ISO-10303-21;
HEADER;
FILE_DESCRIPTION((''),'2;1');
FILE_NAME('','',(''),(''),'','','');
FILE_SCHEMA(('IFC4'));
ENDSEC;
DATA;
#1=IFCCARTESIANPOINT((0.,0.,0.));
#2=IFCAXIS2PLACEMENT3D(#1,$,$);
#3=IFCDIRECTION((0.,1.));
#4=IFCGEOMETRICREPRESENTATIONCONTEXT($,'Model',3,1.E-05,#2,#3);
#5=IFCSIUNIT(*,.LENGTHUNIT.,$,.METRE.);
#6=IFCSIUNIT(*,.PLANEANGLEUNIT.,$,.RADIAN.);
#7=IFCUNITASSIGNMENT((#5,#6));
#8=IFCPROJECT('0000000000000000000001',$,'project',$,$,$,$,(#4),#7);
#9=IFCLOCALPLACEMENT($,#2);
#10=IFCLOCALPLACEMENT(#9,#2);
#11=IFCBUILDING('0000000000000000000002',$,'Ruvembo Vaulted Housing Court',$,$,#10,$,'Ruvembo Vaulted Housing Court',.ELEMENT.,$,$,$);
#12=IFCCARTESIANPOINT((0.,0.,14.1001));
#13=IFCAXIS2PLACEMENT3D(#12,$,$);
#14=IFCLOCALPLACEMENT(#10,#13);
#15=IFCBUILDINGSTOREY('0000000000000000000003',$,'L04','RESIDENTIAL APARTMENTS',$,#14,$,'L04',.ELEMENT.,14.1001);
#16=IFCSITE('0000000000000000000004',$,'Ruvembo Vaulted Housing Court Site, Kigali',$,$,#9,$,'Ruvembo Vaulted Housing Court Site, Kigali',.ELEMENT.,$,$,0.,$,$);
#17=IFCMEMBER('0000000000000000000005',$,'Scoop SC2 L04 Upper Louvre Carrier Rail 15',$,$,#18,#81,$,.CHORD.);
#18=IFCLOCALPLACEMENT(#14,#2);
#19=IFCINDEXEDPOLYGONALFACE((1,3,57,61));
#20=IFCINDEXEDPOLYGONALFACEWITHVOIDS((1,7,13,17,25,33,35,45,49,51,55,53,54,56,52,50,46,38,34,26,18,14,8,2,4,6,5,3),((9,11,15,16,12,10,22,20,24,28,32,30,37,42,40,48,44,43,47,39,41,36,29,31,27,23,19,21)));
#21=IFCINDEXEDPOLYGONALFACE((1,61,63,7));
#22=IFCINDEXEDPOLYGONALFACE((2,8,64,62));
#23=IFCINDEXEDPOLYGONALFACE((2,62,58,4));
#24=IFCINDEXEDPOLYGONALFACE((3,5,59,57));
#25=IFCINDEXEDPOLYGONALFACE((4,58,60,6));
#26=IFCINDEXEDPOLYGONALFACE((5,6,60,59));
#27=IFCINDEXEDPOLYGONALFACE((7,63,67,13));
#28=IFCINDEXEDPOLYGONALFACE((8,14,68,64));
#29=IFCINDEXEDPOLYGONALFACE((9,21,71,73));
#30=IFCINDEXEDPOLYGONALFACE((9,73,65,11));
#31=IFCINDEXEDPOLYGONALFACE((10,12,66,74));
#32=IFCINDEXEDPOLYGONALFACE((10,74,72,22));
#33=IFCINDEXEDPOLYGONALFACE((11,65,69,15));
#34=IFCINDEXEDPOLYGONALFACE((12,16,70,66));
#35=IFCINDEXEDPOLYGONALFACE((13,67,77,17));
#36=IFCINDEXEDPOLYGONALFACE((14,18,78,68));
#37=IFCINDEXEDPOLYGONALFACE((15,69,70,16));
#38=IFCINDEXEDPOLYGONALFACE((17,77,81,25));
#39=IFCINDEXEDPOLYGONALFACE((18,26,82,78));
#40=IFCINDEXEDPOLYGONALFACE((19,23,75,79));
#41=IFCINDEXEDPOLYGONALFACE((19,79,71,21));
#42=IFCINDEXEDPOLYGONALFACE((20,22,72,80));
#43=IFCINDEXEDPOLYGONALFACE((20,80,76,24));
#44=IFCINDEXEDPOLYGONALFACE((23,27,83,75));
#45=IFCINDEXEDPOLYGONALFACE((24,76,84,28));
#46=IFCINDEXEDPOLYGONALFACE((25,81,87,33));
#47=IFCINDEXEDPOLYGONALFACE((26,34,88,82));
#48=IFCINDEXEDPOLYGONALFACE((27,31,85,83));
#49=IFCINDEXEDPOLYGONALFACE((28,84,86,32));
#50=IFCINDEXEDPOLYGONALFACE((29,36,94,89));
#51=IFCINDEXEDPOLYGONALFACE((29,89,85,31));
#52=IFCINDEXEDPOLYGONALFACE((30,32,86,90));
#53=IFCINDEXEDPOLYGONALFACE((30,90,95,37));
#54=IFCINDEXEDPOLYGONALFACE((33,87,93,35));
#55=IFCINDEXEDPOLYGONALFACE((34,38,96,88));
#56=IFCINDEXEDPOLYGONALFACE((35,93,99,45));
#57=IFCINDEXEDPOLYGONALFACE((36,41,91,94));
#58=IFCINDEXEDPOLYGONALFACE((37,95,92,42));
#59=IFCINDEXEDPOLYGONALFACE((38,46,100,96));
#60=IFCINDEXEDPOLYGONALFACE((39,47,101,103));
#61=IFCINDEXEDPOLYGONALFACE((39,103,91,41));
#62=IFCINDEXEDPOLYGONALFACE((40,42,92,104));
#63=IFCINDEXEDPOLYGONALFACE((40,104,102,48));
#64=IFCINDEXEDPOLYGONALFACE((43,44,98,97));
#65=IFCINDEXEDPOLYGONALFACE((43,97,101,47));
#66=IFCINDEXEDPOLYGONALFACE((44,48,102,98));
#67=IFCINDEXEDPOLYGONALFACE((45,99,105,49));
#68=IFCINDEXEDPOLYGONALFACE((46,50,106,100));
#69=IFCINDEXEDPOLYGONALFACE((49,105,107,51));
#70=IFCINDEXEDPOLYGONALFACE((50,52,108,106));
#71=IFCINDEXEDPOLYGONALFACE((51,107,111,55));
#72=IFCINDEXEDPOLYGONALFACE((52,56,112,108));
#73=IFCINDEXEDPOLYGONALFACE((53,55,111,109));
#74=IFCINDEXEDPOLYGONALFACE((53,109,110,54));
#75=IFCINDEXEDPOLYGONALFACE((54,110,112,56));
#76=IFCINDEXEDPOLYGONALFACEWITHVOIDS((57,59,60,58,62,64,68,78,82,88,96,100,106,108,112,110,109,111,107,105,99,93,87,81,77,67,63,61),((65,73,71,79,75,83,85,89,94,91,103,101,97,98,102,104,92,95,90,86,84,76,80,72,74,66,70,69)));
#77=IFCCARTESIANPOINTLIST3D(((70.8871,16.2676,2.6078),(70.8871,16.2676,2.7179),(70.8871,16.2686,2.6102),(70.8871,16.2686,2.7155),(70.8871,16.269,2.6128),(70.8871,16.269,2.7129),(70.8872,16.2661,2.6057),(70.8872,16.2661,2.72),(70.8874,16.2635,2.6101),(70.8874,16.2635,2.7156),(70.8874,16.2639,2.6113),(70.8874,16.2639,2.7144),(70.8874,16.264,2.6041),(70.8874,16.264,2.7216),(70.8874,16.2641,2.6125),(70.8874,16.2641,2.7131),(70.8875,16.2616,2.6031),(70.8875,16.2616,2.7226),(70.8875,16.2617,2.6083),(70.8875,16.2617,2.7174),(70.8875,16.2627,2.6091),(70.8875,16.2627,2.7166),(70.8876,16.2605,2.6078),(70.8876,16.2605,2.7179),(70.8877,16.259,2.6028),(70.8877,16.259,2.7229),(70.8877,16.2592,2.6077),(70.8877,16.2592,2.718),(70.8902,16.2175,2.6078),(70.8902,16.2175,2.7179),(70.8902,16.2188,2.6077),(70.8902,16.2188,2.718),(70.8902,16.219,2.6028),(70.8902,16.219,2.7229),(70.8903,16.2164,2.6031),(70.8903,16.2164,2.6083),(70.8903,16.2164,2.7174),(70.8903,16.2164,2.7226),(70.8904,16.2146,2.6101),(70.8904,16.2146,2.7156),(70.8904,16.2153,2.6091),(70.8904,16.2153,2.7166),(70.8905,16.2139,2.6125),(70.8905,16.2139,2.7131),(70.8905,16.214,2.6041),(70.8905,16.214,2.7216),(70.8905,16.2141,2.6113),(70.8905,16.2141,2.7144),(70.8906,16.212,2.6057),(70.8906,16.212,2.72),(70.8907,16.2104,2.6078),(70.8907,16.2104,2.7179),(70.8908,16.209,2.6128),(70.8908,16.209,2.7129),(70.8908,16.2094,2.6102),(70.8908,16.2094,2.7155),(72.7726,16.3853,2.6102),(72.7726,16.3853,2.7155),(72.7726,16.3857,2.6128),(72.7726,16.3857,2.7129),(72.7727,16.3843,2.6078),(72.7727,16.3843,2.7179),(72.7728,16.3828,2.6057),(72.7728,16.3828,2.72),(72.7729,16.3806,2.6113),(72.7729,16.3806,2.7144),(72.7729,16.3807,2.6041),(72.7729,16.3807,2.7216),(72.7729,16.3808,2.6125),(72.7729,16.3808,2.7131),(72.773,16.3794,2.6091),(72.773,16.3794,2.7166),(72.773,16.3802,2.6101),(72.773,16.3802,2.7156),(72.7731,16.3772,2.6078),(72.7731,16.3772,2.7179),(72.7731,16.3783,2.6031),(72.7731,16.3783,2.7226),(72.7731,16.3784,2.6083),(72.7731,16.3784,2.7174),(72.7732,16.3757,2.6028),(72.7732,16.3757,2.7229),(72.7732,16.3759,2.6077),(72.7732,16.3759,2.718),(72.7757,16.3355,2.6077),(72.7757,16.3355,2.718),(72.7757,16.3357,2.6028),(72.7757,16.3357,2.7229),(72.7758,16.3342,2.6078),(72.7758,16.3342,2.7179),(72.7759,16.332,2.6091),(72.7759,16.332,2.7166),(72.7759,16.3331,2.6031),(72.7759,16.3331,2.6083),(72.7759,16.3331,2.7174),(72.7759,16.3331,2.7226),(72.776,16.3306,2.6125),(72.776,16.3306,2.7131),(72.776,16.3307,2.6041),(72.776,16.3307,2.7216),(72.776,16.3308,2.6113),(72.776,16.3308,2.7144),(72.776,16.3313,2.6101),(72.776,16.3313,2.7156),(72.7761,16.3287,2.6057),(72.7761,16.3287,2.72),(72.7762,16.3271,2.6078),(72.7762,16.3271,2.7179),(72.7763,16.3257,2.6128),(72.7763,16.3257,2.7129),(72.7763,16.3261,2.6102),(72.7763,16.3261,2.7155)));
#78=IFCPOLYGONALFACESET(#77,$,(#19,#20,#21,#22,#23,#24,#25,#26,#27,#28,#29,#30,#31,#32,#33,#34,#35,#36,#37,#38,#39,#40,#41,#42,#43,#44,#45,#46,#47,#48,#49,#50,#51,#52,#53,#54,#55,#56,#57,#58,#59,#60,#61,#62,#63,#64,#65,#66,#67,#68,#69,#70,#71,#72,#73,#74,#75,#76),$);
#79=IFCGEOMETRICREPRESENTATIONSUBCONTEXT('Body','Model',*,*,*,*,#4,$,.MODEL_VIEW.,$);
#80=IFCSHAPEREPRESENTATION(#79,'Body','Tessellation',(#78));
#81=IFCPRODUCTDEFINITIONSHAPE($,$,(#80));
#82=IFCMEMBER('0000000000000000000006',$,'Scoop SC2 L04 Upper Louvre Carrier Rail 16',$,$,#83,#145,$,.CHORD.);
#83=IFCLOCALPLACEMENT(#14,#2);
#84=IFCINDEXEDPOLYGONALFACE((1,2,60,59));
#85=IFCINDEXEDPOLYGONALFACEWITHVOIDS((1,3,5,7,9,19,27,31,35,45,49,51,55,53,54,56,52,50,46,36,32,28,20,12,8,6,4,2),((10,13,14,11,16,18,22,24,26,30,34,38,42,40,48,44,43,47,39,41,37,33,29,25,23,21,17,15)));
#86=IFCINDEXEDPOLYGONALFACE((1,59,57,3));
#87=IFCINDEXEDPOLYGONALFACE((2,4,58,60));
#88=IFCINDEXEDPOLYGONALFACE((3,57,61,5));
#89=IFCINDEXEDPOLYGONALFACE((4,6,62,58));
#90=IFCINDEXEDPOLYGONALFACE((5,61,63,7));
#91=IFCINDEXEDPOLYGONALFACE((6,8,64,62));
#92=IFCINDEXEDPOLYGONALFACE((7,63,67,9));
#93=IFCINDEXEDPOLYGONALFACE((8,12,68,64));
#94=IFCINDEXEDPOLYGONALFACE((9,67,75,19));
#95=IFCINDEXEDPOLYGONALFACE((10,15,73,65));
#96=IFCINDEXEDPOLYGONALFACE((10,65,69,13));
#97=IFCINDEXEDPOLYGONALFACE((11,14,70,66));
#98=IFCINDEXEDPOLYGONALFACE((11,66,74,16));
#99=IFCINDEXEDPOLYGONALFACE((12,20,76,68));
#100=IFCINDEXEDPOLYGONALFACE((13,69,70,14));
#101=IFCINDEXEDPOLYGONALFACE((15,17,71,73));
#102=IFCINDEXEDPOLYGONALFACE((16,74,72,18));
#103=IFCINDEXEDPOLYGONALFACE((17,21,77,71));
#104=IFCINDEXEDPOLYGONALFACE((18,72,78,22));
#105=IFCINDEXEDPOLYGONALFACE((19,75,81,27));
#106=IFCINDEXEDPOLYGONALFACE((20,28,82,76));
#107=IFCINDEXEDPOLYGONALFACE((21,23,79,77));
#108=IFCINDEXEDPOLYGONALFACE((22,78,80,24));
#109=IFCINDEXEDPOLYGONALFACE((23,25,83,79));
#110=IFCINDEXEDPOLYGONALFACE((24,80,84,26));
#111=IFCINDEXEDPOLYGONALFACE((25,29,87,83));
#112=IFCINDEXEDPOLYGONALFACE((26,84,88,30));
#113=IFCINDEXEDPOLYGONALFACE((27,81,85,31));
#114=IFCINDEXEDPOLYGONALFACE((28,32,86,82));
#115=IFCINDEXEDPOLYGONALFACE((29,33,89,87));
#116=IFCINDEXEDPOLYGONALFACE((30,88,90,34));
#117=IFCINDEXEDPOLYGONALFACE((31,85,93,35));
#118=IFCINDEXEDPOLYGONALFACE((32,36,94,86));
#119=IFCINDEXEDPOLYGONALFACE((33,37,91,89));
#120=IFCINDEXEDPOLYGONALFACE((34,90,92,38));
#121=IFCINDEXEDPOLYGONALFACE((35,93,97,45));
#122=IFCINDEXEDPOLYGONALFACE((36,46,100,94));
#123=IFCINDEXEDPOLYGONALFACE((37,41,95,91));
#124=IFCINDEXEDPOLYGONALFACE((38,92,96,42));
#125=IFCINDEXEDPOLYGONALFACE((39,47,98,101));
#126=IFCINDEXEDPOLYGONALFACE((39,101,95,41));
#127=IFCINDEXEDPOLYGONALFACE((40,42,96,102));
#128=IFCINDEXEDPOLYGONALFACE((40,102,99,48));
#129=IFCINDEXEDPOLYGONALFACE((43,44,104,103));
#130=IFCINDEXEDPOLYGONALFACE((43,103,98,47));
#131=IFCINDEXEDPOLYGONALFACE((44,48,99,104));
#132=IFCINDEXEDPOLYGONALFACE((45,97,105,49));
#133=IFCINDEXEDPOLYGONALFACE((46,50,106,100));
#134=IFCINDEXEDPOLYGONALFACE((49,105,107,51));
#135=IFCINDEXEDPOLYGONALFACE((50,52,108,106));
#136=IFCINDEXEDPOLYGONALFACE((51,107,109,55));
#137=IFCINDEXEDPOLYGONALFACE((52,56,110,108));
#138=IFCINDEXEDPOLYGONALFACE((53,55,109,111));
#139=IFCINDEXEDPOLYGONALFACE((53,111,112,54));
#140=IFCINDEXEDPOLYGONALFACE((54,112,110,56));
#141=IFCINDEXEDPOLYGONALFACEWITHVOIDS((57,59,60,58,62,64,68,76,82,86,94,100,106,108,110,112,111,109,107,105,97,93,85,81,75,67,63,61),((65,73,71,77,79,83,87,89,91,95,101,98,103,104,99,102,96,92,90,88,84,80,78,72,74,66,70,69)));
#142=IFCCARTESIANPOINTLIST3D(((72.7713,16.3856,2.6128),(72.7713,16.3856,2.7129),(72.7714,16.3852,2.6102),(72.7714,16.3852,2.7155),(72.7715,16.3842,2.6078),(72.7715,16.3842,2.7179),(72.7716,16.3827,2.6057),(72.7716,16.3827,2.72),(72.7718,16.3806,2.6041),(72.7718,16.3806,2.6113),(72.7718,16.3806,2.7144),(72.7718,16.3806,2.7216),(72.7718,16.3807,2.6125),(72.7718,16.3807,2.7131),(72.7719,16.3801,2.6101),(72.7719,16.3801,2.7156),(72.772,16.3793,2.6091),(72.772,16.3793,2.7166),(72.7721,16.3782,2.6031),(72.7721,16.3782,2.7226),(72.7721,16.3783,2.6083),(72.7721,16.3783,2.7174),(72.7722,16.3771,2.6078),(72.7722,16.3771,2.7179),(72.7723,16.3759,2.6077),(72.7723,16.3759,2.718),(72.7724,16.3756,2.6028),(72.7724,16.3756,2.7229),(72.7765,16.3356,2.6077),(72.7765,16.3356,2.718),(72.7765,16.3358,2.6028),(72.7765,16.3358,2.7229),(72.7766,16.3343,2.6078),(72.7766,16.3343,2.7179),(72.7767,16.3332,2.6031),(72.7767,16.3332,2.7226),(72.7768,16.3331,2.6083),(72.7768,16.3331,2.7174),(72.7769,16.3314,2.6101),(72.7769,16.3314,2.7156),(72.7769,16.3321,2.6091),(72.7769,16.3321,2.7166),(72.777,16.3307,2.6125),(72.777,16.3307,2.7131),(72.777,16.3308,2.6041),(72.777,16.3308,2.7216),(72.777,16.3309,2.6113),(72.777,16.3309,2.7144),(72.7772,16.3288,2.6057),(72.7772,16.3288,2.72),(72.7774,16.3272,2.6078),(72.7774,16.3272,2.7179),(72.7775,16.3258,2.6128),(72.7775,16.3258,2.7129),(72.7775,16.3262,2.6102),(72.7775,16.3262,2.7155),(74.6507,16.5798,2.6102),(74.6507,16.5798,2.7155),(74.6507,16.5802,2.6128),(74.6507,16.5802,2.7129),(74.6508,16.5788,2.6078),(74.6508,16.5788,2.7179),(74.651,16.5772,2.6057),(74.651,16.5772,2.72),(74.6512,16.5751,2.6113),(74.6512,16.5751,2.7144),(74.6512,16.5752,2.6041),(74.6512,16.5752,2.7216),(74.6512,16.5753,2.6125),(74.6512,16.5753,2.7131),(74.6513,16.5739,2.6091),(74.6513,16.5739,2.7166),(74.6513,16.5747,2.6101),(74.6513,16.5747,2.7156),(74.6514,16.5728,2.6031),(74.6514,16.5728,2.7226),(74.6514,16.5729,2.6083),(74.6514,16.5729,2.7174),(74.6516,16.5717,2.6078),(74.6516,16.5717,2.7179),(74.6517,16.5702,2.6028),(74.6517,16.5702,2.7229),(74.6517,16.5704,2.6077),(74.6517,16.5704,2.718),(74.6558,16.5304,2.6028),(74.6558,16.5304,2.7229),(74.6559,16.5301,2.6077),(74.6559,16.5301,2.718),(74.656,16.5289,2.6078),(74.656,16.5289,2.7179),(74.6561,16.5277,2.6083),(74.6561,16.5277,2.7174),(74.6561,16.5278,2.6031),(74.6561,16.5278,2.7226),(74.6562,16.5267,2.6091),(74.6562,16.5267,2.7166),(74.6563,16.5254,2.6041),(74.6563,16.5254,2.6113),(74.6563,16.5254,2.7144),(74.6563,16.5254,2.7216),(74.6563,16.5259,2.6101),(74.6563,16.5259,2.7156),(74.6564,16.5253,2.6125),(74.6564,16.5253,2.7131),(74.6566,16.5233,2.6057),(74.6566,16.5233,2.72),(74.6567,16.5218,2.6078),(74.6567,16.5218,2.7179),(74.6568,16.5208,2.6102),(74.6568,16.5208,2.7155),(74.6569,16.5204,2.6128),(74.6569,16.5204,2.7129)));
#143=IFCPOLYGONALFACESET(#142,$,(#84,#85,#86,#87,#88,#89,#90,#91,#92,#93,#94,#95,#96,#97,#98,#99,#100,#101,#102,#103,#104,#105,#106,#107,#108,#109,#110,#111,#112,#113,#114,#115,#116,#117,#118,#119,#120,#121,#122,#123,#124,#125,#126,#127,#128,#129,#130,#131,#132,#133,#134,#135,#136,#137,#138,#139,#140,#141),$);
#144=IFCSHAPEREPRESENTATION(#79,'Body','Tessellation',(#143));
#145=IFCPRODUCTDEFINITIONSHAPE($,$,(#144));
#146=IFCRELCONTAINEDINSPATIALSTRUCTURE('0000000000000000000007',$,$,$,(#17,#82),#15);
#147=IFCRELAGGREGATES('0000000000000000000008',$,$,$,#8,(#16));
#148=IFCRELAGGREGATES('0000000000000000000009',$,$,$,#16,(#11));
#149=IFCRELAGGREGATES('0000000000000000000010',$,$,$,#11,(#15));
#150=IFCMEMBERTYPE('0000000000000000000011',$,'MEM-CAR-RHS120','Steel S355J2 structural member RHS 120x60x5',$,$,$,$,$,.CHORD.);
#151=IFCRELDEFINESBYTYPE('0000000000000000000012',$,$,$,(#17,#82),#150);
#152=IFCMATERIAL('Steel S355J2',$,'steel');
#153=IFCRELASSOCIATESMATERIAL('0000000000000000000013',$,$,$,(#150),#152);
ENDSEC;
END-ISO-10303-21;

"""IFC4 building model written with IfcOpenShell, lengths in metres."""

from ifc_helpers import new_model, si_unit, direction, frame, origin, origin_2d, place, context, subcontext, project, spatial, hollow_rectangle, extrude, material, material_profile, profile_set, type_object, element, save


model = new_model("IFC4")

# Units and contexts
model_context = context("Model", 3, precision=1e-05, world=origin(), true_north=direction((0.0, 1.0)))
body_context = subcontext(model_context, "Body", "Model", "MODEL_VIEW")
ifc_project = project(units=[si_unit("LENGTHUNIT", "METRE"), si_unit("PLANEANGLEUNIT", "RADIAN")], contexts=[model_context])

# Site, building, storey
site_placement = place(None, origin())
site = spatial("IfcSite", under=ifc_project, at=site_placement, Name="Ruvembo Vaulted Housing Court Site, Kigali", LongName="Ruvembo Vaulted Housing Court Site, Kigali", CompositionType="ELEMENT", RefElevation=0.0)
building_placement = place(site_placement, origin())
building = spatial("IfcBuilding", under=site, at=building_placement, Name="Ruvembo Vaulted Housing Court", LongName="Ruvembo Vaulted Housing Court", CompositionType="ELEMENT")
storey_placement = place(building_placement, frame((0.0, 0.0, 14.1001)))
storey = spatial("IfcBuildingStorey", under=building, at=storey_placement, Name="L04", Description="RESIDENTIAL APARTMENTS", LongName="L04", CompositionType="ELEMENT", Elevation=14.1001)

# Shared definitions
ifc_material_1 = material(Name="Steel S355J2", Category="steel")

# Members
ifc_material_profile_1 = material_profile(ifc_material_1, hollow_rectangle(XDim=0.0601, YDim=0.1201, WallThickness=0.0049, InnerFilletRadius=0.0049, OuterFilletRadius=0.01, at=origin_2d()), Name="RHS 120x60x5")
ifc_profile_set_1 = profile_set([ifc_material_profile_1], Name="Steel S355J2")
member_type_1 = type_object("IfcMemberType", Name="MEM-CAR-RHS120", Description="Steel S355J2 structural member RHS 120x60x5", PredefinedType="CHORD", material=ifc_profile_set_1)
member_1_placement = place(storey_placement, frame((70.8889, 16.239, 2.6628), z_axis=(0.99809, 0.061775, 0.0), x_axis=(-0.061775, 0.99809, 0.0)))
element("IfcMember", 1, at=member_1_placement, inside=storey, type_object=member_type_1, Name="Scoop SC2 L04 Upper Louvre Carrier Rail 15", PredefinedType="CHORD", context=body_context, shape_type="SweptSolid", body=[
    extrude(hollow_rectangle(XDim=0.0601, YDim=0.1201, WallThickness=0.0049, InnerFilletRadius=0.0049, OuterFilletRadius=0.01, at=origin_2d()), origin(), (0.0, 0.0, 1.0), 1.8892),
])
member_2_placement = place(storey_placement, frame((72.7744, 16.3557, 2.6628), z_axis=(0.994683, 0.102983, 0.0), x_axis=(-0.102983, 0.994683, 0.0)))
element("IfcMember", 2, at=member_2_placement, inside=storey, type_object=member_type_1, Name="Scoop SC2 L04 Upper Louvre Carrier Rail 16", PredefinedType="CHORD", context=body_context, shape_type="SweptSolid", body=[
    extrude(hollow_rectangle(XDim=0.0601, YDim=0.1201, WallThickness=0.0049, InnerFilletRadius=0.0049, OuterFilletRadius=0.01, at=origin_2d()), origin(), (0.0, 0.0, 1.0), 1.8894),
])

save(model, "model.ifc")
